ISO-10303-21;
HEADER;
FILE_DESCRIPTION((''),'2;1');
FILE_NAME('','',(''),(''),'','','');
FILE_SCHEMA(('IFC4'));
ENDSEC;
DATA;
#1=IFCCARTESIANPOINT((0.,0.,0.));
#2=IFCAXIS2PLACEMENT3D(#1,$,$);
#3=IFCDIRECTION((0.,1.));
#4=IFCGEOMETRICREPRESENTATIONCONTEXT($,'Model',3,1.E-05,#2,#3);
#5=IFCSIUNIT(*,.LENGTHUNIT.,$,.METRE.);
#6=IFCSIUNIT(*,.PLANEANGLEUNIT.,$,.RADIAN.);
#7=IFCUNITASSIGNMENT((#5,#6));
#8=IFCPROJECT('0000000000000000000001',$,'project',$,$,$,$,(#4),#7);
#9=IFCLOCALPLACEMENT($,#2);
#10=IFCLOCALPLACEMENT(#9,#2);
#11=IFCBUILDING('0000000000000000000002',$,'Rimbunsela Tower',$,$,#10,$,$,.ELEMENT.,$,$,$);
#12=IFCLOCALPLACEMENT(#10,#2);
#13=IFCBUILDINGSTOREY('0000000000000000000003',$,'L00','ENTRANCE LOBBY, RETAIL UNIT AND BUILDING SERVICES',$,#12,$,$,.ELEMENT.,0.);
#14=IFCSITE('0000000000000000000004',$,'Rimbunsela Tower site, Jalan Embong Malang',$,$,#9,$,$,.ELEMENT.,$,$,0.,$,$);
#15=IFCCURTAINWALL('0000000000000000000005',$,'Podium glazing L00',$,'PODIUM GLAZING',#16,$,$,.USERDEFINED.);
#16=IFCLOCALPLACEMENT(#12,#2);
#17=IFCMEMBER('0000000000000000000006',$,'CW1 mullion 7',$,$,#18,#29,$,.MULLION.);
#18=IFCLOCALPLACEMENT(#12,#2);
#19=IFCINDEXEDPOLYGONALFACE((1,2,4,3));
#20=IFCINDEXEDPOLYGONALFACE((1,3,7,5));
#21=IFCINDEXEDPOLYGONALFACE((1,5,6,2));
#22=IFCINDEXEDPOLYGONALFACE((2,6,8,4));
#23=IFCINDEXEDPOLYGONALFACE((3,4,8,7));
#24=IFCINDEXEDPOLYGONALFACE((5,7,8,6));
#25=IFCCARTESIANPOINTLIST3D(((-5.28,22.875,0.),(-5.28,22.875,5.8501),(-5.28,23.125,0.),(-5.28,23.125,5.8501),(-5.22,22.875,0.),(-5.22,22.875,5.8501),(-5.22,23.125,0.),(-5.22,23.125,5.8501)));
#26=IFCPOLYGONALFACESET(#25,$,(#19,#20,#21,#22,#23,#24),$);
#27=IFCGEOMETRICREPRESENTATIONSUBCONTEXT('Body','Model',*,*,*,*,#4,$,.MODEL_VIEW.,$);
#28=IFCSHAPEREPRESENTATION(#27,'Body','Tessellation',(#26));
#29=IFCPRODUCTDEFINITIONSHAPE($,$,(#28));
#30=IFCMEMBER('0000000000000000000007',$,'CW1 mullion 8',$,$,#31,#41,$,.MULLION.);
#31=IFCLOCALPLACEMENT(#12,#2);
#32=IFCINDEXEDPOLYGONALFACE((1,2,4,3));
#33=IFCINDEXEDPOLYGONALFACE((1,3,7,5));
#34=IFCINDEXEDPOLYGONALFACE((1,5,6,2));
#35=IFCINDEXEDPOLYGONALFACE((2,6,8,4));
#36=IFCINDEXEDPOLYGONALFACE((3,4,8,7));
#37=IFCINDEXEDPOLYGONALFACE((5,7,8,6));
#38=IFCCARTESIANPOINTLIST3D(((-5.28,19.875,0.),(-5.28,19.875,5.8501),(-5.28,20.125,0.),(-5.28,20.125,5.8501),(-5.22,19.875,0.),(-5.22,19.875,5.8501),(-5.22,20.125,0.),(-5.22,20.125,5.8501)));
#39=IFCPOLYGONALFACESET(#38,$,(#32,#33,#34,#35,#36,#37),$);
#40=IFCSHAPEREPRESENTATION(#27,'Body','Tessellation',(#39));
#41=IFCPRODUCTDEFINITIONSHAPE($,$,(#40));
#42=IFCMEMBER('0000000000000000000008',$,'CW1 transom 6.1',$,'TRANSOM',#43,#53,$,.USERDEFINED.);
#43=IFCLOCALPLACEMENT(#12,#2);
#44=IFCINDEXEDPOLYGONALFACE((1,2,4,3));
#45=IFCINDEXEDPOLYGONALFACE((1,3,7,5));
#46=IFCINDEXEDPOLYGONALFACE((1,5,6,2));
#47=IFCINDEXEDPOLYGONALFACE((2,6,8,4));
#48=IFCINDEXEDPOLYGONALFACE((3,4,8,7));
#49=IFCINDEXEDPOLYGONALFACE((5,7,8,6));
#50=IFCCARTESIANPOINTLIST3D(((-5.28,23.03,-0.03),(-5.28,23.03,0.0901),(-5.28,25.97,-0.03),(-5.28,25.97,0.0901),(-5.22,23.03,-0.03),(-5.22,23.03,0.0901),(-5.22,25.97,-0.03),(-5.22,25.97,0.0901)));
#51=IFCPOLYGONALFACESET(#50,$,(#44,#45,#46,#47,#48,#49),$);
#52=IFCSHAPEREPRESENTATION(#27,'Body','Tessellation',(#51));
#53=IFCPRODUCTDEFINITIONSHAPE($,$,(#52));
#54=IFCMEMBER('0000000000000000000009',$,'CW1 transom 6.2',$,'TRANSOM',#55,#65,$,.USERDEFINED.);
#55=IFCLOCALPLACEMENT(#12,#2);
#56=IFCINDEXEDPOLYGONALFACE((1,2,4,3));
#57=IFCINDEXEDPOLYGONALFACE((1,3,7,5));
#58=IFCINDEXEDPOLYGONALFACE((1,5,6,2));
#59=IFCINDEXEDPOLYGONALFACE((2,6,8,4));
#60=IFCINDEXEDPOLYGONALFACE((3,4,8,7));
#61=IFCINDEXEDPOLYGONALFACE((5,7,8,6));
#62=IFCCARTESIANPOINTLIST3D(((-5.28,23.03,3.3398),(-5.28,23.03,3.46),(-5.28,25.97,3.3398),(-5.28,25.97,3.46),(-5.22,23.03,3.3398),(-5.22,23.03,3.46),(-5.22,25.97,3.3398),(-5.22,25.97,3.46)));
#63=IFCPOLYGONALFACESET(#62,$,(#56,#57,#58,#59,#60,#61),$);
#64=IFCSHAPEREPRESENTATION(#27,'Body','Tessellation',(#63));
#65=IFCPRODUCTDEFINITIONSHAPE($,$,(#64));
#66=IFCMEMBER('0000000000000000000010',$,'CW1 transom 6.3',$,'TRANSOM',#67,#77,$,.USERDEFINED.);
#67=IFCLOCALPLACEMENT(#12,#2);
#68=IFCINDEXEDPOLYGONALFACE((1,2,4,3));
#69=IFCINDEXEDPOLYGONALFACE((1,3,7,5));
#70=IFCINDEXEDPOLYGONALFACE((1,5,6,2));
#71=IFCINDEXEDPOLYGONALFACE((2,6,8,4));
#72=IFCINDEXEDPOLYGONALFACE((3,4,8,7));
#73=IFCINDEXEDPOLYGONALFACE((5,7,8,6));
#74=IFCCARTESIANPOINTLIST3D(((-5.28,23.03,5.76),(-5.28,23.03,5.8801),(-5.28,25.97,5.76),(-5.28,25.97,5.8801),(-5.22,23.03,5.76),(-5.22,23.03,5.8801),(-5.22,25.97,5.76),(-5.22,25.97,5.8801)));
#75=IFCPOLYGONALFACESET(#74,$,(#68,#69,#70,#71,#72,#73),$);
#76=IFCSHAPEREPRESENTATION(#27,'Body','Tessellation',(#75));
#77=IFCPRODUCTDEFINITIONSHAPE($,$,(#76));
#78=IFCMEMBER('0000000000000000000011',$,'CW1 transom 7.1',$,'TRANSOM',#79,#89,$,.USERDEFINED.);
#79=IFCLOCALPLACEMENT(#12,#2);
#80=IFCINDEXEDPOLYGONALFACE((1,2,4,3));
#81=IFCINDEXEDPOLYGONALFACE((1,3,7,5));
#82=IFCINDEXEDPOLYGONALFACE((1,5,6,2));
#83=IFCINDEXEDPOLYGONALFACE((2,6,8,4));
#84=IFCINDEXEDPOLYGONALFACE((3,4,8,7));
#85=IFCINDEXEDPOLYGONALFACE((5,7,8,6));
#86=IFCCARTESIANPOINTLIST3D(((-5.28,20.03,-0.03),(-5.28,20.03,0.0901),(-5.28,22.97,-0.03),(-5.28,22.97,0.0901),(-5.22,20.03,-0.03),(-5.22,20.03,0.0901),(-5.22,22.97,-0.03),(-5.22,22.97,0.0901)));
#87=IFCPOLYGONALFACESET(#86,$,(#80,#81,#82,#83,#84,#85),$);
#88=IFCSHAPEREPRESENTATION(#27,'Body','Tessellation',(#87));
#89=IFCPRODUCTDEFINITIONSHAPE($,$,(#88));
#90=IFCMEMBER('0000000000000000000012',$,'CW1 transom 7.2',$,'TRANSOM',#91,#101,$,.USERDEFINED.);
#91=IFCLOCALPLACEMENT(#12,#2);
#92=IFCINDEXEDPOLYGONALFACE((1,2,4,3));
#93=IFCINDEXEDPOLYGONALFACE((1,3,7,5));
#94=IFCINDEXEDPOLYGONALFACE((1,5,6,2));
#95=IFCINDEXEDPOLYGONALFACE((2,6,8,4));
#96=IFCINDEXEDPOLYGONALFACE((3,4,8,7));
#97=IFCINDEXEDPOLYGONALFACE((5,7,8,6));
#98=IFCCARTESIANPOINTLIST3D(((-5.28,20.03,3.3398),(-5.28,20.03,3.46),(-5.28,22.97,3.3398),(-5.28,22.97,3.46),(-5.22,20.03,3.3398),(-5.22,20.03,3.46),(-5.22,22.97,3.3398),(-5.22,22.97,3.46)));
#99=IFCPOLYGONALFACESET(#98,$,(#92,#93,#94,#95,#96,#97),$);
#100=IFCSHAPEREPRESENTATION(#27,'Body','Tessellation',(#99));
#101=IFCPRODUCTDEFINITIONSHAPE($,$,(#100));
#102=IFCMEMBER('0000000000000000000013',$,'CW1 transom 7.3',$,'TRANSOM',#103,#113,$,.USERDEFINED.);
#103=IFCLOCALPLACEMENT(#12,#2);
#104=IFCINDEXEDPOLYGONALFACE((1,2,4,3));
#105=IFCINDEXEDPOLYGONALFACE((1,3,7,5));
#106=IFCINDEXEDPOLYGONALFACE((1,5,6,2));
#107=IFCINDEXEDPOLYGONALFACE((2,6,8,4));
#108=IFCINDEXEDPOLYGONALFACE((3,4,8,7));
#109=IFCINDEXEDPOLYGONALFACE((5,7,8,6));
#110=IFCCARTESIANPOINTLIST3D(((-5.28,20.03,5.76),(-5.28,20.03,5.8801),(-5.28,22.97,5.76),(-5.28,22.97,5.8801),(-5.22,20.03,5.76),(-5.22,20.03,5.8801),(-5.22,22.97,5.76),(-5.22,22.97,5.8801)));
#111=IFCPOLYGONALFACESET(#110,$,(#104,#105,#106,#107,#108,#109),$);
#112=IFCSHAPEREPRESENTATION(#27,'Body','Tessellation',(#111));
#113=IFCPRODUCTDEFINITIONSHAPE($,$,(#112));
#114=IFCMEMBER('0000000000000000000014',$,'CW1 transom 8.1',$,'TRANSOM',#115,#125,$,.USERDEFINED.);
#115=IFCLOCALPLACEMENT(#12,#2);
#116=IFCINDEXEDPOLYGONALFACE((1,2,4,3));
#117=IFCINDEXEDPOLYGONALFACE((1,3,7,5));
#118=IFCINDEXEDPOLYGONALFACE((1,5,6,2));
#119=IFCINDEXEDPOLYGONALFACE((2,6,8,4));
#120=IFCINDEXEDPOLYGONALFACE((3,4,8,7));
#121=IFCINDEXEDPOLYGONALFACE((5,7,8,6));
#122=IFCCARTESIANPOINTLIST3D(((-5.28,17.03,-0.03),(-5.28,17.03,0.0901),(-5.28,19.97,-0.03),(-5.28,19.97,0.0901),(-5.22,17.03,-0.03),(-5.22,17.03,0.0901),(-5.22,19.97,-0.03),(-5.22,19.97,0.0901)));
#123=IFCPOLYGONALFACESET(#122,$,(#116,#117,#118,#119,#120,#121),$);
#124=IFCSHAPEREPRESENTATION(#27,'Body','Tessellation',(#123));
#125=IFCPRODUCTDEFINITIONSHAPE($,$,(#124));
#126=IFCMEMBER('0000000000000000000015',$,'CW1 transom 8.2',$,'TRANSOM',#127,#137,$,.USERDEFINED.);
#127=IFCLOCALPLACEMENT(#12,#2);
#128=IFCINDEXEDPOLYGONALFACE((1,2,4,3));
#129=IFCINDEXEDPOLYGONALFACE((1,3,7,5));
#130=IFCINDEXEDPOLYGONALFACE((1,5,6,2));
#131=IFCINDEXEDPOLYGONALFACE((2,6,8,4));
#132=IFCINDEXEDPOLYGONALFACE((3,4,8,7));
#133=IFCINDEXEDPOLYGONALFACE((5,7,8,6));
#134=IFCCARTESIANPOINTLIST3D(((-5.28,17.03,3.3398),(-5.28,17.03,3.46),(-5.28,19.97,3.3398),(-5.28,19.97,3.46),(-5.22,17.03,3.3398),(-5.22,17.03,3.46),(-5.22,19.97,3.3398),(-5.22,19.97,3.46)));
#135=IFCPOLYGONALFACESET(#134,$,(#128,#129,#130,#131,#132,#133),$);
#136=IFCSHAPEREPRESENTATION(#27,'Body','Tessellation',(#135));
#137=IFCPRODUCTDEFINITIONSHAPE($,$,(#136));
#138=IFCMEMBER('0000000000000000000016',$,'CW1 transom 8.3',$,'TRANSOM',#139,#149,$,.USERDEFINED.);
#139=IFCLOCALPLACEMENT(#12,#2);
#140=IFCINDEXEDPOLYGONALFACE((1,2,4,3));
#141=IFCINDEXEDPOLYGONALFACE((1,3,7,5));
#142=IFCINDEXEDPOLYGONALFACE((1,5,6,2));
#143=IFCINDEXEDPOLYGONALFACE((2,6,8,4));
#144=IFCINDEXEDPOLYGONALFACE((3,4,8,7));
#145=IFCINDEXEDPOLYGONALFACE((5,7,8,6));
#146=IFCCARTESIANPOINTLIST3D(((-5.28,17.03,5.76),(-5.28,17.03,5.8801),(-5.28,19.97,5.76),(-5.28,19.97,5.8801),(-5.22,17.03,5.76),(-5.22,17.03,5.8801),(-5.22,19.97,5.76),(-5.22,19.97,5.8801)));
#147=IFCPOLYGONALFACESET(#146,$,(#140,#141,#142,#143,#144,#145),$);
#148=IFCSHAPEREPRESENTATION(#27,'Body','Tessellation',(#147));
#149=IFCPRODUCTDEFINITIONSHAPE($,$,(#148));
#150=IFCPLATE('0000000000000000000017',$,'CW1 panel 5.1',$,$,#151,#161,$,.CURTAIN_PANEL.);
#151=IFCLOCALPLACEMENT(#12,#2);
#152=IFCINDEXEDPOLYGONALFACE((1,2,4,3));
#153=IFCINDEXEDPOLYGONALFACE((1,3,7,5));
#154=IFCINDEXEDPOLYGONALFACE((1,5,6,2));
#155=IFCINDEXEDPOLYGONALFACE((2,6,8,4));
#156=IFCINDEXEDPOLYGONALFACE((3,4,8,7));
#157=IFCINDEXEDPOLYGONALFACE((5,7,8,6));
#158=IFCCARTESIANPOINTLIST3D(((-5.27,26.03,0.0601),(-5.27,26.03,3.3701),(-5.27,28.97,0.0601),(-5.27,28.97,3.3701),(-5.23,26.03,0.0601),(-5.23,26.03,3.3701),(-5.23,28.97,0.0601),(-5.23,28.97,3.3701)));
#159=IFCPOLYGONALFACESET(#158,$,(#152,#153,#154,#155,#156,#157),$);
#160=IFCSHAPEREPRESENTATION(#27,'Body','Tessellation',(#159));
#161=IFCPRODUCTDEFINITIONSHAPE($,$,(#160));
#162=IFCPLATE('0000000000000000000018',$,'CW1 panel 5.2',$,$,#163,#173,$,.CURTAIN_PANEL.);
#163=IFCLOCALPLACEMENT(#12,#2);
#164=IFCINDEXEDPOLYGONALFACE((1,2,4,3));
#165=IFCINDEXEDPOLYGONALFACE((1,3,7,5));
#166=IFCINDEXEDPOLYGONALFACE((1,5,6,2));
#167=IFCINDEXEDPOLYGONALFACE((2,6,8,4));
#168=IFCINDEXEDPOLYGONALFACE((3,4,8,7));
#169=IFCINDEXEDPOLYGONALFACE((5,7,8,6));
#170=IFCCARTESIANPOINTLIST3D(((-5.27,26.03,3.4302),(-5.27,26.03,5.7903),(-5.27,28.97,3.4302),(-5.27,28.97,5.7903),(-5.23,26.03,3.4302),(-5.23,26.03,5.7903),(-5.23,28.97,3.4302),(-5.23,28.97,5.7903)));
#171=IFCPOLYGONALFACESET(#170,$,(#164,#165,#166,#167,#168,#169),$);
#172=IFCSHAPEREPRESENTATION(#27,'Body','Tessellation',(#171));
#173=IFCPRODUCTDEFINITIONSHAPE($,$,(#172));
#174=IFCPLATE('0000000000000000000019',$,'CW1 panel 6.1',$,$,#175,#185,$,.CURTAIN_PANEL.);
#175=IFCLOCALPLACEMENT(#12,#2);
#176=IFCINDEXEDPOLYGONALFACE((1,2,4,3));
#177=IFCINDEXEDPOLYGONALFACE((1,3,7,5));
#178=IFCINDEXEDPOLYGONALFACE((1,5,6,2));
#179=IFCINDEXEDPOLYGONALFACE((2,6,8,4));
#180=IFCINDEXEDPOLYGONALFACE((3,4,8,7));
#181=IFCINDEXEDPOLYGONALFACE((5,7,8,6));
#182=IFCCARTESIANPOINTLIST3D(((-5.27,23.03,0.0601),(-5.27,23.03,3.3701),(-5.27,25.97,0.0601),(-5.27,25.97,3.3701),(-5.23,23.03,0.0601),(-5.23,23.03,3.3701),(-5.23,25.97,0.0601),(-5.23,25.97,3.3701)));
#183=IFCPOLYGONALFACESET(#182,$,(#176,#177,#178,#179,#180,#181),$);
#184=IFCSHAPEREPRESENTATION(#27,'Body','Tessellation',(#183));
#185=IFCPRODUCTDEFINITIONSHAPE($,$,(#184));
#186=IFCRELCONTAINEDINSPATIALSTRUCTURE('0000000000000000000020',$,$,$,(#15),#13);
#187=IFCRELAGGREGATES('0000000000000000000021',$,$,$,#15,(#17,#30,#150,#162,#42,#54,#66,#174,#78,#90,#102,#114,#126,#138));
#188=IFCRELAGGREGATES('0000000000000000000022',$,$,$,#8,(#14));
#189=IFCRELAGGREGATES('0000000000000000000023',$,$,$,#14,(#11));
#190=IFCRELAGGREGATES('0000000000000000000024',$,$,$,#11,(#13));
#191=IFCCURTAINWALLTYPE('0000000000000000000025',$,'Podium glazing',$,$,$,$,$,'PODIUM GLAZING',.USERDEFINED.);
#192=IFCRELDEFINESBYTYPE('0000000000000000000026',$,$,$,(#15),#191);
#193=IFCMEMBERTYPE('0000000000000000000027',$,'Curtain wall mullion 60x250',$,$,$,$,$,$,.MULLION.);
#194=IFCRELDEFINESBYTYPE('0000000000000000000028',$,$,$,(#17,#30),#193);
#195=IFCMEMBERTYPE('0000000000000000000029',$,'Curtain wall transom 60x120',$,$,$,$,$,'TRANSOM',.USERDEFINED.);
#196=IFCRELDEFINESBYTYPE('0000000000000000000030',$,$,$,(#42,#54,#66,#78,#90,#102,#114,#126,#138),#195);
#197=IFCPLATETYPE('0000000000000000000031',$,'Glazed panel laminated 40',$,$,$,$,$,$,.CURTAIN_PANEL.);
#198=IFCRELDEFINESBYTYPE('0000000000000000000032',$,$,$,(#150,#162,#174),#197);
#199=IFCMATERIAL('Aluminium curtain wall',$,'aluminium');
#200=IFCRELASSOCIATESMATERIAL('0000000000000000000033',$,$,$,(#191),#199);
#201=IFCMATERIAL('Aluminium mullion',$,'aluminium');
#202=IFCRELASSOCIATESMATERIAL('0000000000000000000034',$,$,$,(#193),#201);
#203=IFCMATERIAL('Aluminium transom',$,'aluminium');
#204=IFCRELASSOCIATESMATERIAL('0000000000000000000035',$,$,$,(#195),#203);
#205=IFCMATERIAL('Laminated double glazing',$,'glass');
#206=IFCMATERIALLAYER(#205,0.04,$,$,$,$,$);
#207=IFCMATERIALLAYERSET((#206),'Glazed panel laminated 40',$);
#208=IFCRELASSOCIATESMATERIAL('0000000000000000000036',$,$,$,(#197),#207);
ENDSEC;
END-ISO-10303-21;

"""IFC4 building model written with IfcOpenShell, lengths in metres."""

from ifc_helpers import new_model, si_unit, direction, frame, origin, origin_2d, place, context, subcontext, project, spatial, rectangle, extrude, material, layer, layer_set, material_profile, profile_set, type_object, element, aggregate, save


model = new_model("IFC4")

# Units and contexts
model_context = context("Model", 3, precision=1e-05, world=origin(), true_north=direction((0.0, 1.0)))
body_context = subcontext(model_context, "Body", "Model", "MODEL_VIEW")
ifc_project = project(units=[si_unit("LENGTHUNIT", "METRE"), si_unit("PLANEANGLEUNIT", "RADIAN")], contexts=[model_context])

# Site, building, storey
site_placement = place(None, origin())
site = spatial("IfcSite", under=ifc_project, at=site_placement, Name="Rimbunsela Tower site, Jalan Embong Malang", CompositionType="ELEMENT", RefElevation=0.0)
building_placement = place(site_placement, origin())
building = spatial("IfcBuilding", under=site, at=building_placement, Name="Rimbunsela Tower", CompositionType="ELEMENT")
storey_placement = place(building_placement, origin())
storey = spatial("IfcBuildingStorey", under=building, at=storey_placement, Name="L00", Description="ENTRANCE LOBBY, RETAIL UNIT AND BUILDING SERVICES", CompositionType="ELEMENT", Elevation=0.0)

# Curtain wall, members, plates
ifc_material_1 = material(Name="Aluminium curtain wall", Category="aluminium")
curtain_wall_type = type_object("IfcCurtainWallType", Name="Podium glazing", ElementType="PODIUM GLAZING", PredefinedType="USERDEFINED", material=ifc_material_1)
curtain_wall_placement = place(storey_placement, origin())
curtain_wall = element("IfcCurtainWall", 1, at=curtain_wall_placement, inside=storey, type_object=curtain_wall_type, Name="Podium glazing L00", ObjectType="PODIUM GLAZING", PredefinedType="USERDEFINED")
ifc_material_2 = material(Name="Aluminium mullion", Category="aluminium")
ifc_material_profile_1 = material_profile(ifc_material_2, rectangle(XDim=0.0601, YDim=0.25, at=origin_2d()), Name="Mullion 60x250")
ifc_profile_set_1 = profile_set([ifc_material_profile_1], Name="Aluminium mullion")
member_type_1 = type_object("IfcMemberType", Name="Curtain wall mullion 60x250", PredefinedType="MULLION", material=ifc_profile_set_1)
member_1_placement = place(storey_placement, frame((-5.25, 23.0, 0.0), z_axis=(0.0, 0.0, 1.0), x_axis=(1.0, 0.0, 0.0)))
member_1 = element("IfcMember", 2, at=member_1_placement, type_object=member_type_1, Name="CW1 mullion 7", PredefinedType="MULLION", context=body_context, shape_type="SweptSolid", body=[
    extrude(rectangle(XDim=0.0601, YDim=0.25, at=origin_2d()), origin(), (0.0, 0.0, 1.0), 5.8501),
])
member_2_placement = place(storey_placement, frame((-5.25, 20.0, 0.0), z_axis=(0.0, 0.0, 1.0), x_axis=(1.0, 0.0, 0.0)))
member_2 = element("IfcMember", 3, at=member_2_placement, type_object=member_type_1, Name="CW1 mullion 8", PredefinedType="MULLION", context=body_context, shape_type="SweptSolid", body=[
    extrude(rectangle(XDim=0.0601, YDim=0.25, at=origin_2d()), origin(), (0.0, 0.0, 1.0), 5.8501),
])
ifc_material_3 = material(Name="Aluminium transom", Category="aluminium")
ifc_material_profile_2 = material_profile(ifc_material_3, rectangle(XDim=0.0601, YDim=0.1201, at=origin_2d()), Name="Transom 60x120")
ifc_profile_set_2 = profile_set([ifc_material_profile_2], Name="Aluminium transom")
member_type_2 = type_object("IfcMemberType", Name="Curtain wall transom 60x120", ElementType="TRANSOM", PredefinedType="USERDEFINED", material=ifc_profile_set_2)
member_3_placement = place(storey_placement, frame((-5.25, 25.97, 0.03), z_axis=(0.0, -1.0, 0.0), x_axis=(1.0, 0.0, 0.0)))
member_3 = element("IfcMember", 4, at=member_3_placement, type_object=member_type_2, Name="CW1 transom 6.1", ObjectType="TRANSOM", PredefinedType="USERDEFINED", context=body_context, shape_type="SweptSolid", body=[
    extrude(rectangle(XDim=0.0601, YDim=0.1201, at=origin_2d()), origin(), (0.0, 0.0, 1.0), 2.9399),
])
member_4_placement = place(storey_placement, frame((-5.25, 25.97, 3.3999), z_axis=(0.0, -1.0, 0.0), x_axis=(1.0, 0.0, 0.0)))
member_4 = element("IfcMember", 5, at=member_4_placement, type_object=member_type_2, Name="CW1 transom 6.2", ObjectType="TRANSOM", PredefinedType="USERDEFINED", context=body_context, shape_type="SweptSolid", body=[
    extrude(rectangle(XDim=0.0601, YDim=0.1201, at=origin_2d()), origin(), (0.0, 0.0, 1.0), 2.9399),
])
member_5_placement = place(storey_placement, frame((-5.25, 25.97, 5.8201), z_axis=(0.0, -1.0, 0.0), x_axis=(1.0, 0.0, 0.0)))
member_5 = element("IfcMember", 6, at=member_5_placement, type_object=member_type_2, Name="CW1 transom 6.3", ObjectType="TRANSOM", PredefinedType="USERDEFINED", context=body_context, shape_type="SweptSolid", body=[
    extrude(rectangle(XDim=0.0601, YDim=0.1201, at=origin_2d()), origin(), (0.0, 0.0, 1.0), 2.9399),
])
member_6_placement = place(storey_placement, frame((-5.25, 22.97, 0.03), z_axis=(0.0, -1.0, 0.0), x_axis=(1.0, 0.0, 0.0)))
member_6 = element("IfcMember", 7, at=member_6_placement, type_object=member_type_2, Name="CW1 transom 7.1", ObjectType="TRANSOM", PredefinedType="USERDEFINED", context=body_context, shape_type="SweptSolid", body=[
    extrude(rectangle(XDim=0.0601, YDim=0.1201, at=origin_2d()), origin(), (0.0, 0.0, 1.0), 2.9399),
])
member_7_placement = place(storey_placement, frame((-5.25, 22.97, 3.3999), z_axis=(0.0, -1.0, 0.0), x_axis=(1.0, 0.0, 0.0)))
member_7 = element("IfcMember", 8, at=member_7_placement, type_object=member_type_2, Name="CW1 transom 7.2", ObjectType="TRANSOM", PredefinedType="USERDEFINED", context=body_context, shape_type="SweptSolid", body=[
    extrude(rectangle(XDim=0.0601, YDim=0.1201, at=origin_2d()), origin(), (0.0, 0.0, 1.0), 2.9399),
])
member_8_placement = place(storey_placement, frame((-5.25, 22.97, 5.8201), z_axis=(0.0, -1.0, 0.0), x_axis=(1.0, 0.0, 0.0)))
member_8 = element("IfcMember", 9, at=member_8_placement, type_object=member_type_2, Name="CW1 transom 7.3", ObjectType="TRANSOM", PredefinedType="USERDEFINED", context=body_context, shape_type="SweptSolid", body=[
    extrude(rectangle(XDim=0.0601, YDim=0.1201, at=origin_2d()), origin(), (0.0, 0.0, 1.0), 2.9399),
])
member_9_placement = place(storey_placement, frame((-5.25, 19.97, 0.03), z_axis=(0.0, -1.0, 0.0), x_axis=(1.0, 0.0, 0.0)))
member_9 = element("IfcMember", 10, at=member_9_placement, type_object=member_type_2, Name="CW1 transom 8.1", ObjectType="TRANSOM", PredefinedType="USERDEFINED", context=body_context, shape_type="SweptSolid", body=[
    extrude(rectangle(XDim=0.0601, YDim=0.1201, at=origin_2d()), origin(), (0.0, 0.0, 1.0), 2.9399),
])
member_10_placement = place(storey_placement, frame((-5.25, 19.97, 3.3999), z_axis=(0.0, -1.0, 0.0), x_axis=(1.0, 0.0, 0.0)))
member_10 = element("IfcMember", 11, at=member_10_placement, type_object=member_type_2, Name="CW1 transom 8.2", ObjectType="TRANSOM", PredefinedType="USERDEFINED", context=body_context, shape_type="SweptSolid", body=[
    extrude(rectangle(XDim=0.0601, YDim=0.1201, at=origin_2d()), origin(), (0.0, 0.0, 1.0), 2.9399),
])
member_11_placement = place(storey_placement, frame((-5.25, 19.97, 5.8201), z_axis=(0.0, -1.0, 0.0), x_axis=(1.0, 0.0, 0.0)))
member_11 = element("IfcMember", 12, at=member_11_placement, type_object=member_type_2, Name="CW1 transom 8.3", ObjectType="TRANSOM", PredefinedType="USERDEFINED", context=body_context, shape_type="SweptSolid", body=[
    extrude(rectangle(XDim=0.0601, YDim=0.1201, at=origin_2d()), origin(), (0.0, 0.0, 1.0), 2.9399),
])
ifc_material_4 = material(Name="Laminated double glazing", Category="glass")
ifc_layer = layer(ifc_material_4, 0.04)
ifc_layer_set = layer_set([ifc_layer], Name="Glazed panel laminated 40")
plate_type = type_object("IfcPlateType", Name="Glazed panel laminated 40", PredefinedType="CURTAIN_PANEL", material=ifc_layer_set)
plate_1_placement = place(storey_placement, frame((-5.25, 27.5, 0.0601), z_axis=(0.0, 0.0, 1.0), x_axis=(0.0, -1.0, 0.0)))
plate_1 = element("IfcPlate", 13, at=plate_1_placement, type_object=plate_type, Name="CW1 panel 5.1", PredefinedType="CURTAIN_PANEL", context=body_context, shape_type="SweptSolid", body=[
    extrude(rectangle(XDim=2.9399, YDim=0.04, at=origin_2d()), origin(), (0.0, 0.0, 1.0), 3.3101),
])
plate_2_placement = place(storey_placement, frame((-5.25, 27.5, 3.4302), z_axis=(0.0, 0.0, 1.0), x_axis=(0.0, -1.0, 0.0)))
plate_2 = element("IfcPlate", 14, at=plate_2_placement, type_object=plate_type, Name="CW1 panel 5.2", PredefinedType="CURTAIN_PANEL", context=body_context, shape_type="SweptSolid", body=[
    extrude(rectangle(XDim=2.9399, YDim=0.04, at=origin_2d()), origin(), (0.0, 0.0, 1.0), 2.3601),
])
plate_3_placement = place(storey_placement, frame((-5.25, 24.5, 0.0601), z_axis=(0.0, 0.0, 1.0), x_axis=(0.0, -1.0, 0.0)))
plate_3 = element("IfcPlate", 15, at=plate_3_placement, type_object=plate_type, Name="CW1 panel 6.1", PredefinedType="CURTAIN_PANEL", context=body_context, shape_type="SweptSolid", body=[
    extrude(rectangle(XDim=2.9399, YDim=0.04, at=origin_2d()), origin(), (0.0, 0.0, 1.0), 3.3101),
])
aggregate(curtain_wall, [member_1, member_2, plate_1, plate_2, member_3, member_4, member_5, plate_3, member_6, member_7, member_8, member_9, member_10, member_11])

save(model, "model.ifc")
